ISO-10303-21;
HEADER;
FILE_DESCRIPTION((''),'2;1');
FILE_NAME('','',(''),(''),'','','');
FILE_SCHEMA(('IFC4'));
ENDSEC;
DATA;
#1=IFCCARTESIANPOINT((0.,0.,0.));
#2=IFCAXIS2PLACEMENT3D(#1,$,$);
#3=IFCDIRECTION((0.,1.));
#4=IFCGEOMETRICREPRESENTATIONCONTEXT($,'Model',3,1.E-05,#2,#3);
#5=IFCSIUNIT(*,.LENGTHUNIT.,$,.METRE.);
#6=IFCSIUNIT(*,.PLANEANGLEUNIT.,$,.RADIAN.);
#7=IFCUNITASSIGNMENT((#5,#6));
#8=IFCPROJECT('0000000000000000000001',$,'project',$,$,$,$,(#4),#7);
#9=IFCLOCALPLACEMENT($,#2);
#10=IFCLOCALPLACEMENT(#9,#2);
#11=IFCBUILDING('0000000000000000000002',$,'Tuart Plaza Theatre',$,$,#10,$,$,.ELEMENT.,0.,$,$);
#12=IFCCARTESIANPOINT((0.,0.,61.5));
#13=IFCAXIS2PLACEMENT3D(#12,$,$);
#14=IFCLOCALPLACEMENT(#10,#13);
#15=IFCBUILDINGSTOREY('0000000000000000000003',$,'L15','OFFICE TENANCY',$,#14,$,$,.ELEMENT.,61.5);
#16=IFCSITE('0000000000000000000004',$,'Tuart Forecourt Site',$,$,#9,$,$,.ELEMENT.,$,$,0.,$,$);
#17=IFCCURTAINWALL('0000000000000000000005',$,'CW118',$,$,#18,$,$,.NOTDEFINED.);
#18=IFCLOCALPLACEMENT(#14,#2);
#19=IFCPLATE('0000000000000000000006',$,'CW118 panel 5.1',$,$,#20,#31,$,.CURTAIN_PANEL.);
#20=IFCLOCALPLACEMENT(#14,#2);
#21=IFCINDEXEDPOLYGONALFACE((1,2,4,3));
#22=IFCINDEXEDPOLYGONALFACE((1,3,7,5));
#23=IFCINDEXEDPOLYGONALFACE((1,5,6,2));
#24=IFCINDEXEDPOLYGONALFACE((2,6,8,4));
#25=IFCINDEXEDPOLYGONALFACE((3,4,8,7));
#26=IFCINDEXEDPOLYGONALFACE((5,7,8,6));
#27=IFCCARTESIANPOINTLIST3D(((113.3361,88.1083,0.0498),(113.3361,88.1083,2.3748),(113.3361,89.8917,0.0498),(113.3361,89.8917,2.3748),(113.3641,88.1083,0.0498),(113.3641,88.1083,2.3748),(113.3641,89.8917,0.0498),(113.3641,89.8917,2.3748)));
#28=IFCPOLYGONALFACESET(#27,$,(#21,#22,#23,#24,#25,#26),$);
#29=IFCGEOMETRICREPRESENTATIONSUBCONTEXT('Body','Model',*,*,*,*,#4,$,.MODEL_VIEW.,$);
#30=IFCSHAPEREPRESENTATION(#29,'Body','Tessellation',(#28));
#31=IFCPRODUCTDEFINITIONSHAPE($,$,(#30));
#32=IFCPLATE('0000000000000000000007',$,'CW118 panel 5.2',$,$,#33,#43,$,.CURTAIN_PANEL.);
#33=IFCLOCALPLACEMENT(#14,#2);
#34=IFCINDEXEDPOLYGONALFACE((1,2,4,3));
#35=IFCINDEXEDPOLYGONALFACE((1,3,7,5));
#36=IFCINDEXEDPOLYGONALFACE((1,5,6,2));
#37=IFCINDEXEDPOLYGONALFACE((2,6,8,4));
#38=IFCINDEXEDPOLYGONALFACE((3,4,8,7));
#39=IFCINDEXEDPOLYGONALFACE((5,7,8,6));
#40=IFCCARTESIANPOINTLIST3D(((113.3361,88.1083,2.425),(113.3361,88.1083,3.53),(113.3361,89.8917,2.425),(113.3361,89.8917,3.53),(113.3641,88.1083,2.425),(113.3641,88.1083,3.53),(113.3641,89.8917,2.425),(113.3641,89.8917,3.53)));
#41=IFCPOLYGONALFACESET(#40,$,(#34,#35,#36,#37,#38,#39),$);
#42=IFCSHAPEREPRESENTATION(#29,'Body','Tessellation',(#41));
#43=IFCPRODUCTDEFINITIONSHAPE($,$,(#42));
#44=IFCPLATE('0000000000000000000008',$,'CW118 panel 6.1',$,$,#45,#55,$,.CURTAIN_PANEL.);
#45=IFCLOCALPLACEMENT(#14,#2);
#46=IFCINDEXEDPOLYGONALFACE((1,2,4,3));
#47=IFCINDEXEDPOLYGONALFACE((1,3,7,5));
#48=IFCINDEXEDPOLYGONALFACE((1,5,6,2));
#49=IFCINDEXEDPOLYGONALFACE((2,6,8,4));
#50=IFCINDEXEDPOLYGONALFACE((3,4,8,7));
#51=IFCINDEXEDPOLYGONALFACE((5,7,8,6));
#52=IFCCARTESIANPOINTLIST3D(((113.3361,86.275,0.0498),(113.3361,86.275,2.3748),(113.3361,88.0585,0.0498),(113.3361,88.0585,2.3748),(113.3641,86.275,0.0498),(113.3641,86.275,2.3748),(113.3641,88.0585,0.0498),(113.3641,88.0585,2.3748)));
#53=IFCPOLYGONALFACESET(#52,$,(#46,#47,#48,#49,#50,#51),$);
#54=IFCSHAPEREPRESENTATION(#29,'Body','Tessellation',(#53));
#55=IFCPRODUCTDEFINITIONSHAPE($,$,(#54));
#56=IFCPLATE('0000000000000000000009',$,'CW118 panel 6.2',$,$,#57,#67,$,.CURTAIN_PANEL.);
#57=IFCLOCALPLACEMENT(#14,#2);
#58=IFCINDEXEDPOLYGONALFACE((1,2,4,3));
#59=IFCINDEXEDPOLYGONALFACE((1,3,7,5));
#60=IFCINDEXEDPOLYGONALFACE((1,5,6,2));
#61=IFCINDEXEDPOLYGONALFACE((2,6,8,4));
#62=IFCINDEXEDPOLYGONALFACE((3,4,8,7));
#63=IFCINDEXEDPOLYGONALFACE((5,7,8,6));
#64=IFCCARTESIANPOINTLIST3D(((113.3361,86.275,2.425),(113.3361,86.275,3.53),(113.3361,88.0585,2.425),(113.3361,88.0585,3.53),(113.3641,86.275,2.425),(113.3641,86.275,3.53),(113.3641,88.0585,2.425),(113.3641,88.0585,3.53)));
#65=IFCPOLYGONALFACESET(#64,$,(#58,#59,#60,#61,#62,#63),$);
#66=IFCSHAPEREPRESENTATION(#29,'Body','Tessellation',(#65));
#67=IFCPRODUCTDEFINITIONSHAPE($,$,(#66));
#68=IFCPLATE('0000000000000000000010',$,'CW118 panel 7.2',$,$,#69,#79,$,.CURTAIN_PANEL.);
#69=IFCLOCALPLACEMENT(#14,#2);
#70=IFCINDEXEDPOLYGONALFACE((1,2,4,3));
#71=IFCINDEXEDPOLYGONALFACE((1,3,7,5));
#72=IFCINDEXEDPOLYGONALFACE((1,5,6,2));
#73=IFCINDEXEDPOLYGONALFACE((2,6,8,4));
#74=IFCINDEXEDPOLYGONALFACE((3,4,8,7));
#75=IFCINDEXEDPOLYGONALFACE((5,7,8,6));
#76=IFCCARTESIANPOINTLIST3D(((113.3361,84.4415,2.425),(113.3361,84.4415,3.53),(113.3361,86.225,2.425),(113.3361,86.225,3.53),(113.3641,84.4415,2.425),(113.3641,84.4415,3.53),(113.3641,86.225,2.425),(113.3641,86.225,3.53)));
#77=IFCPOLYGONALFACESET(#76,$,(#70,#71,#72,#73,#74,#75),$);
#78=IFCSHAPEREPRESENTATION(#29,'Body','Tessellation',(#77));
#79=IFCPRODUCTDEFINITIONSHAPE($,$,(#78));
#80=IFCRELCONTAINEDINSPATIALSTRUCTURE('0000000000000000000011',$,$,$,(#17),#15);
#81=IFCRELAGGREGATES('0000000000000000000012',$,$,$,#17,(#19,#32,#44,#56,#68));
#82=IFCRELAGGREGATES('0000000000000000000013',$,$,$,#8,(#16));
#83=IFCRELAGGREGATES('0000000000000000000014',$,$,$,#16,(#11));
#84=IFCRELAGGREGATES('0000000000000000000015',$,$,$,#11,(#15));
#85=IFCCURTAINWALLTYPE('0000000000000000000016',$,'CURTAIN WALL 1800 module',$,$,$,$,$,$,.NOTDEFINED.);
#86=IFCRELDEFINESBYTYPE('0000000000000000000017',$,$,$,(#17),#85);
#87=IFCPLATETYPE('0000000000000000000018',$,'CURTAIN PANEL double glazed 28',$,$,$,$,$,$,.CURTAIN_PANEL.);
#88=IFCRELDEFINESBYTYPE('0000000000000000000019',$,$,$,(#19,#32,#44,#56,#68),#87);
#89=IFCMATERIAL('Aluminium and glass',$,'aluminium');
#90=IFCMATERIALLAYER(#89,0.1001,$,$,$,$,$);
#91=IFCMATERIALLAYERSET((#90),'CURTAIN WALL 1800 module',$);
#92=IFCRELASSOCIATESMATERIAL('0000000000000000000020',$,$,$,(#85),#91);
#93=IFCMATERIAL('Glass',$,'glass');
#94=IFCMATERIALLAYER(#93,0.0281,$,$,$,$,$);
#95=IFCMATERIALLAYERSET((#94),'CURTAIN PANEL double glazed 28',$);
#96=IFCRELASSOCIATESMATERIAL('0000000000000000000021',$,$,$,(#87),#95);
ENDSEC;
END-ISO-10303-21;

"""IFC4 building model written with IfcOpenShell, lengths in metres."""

from ifc_helpers import new_model, si_unit, direction, frame, origin, origin_2d, place, context, subcontext, project, spatial, rectangle, extrude, material, layer, layer_set, type_object, element, aggregate, save


model = new_model("IFC4")

# Units and contexts
model_context = context("Model", 3, precision=1e-05, world=origin(), true_north=direction((0.0, 1.0)))
body_context = subcontext(model_context, "Body", "Model", "MODEL_VIEW")
ifc_project = project(units=[si_unit("LENGTHUNIT", "METRE"), si_unit("PLANEANGLEUNIT", "RADIAN")], contexts=[model_context])

# Site, building, storey
site_placement = place(None, origin())
site = spatial("IfcSite", under=ifc_project, at=site_placement, Name="Tuart Forecourt Site", CompositionType="ELEMENT", RefElevation=0.0)
building_placement = place(site_placement, origin())
building = spatial("IfcBuilding", under=site, at=building_placement, Name="Tuart Plaza Theatre", CompositionType="ELEMENT", ElevationOfRefHeight=0.0)
storey_placement = place(building_placement, frame((0.0, 0.0, 61.5)))
storey = spatial("IfcBuildingStorey", under=building, at=storey_placement, Name="L15", Description="OFFICE TENANCY", CompositionType="ELEMENT", Elevation=61.5)

# Curtain wall, plates
ifc_material_1 = material(Name="Aluminium and glass", Category="aluminium")
ifc_layer_1 = layer(ifc_material_1, 0.1001)
ifc_layer_set_1 = layer_set([ifc_layer_1], Name="CURTAIN WALL 1800 module")
curtain_wall_type = type_object("IfcCurtainWallType", Name="CURTAIN WALL 1800 module", PredefinedType="NOTDEFINED", material=ifc_layer_set_1)
curtain_wall_placement = place(storey_placement, origin())
curtain_wall = element("IfcCurtainWall", 1, at=curtain_wall_placement, inside=storey, type_object=curtain_wall_type, Name="CW118", PredefinedType="NOTDEFINED")
ifc_material_2 = material(Name="Glass", Category="glass")
ifc_layer_2 = layer(ifc_material_2, 0.0281)
ifc_layer_set_2 = layer_set([ifc_layer_2], Name="CURTAIN PANEL double glazed 28")
plate_type = type_object("IfcPlateType", Name="CURTAIN PANEL double glazed 28", PredefinedType="CURTAIN_PANEL", material=ifc_layer_set_2)
plate_1_placement = place(storey_placement, frame((113.3501, 89.0, 0.0498), z_axis=(0.0, 0.0, 1.0), x_axis=(0.0, -1.0, 0.0)))
plate_1 = element("IfcPlate", 2, at=plate_1_placement, type_object=plate_type, Name="CW118 panel 5.1", PredefinedType="CURTAIN_PANEL", context=body_context, shape_type="SweptSolid", body=[
    extrude(rectangle(XDim=1.7834, YDim=0.0281, at=origin_2d()), origin(), (0.0, 0.0, 1.0), 2.325),
])
plate_2_placement = place(storey_placement, frame((113.3501, 89.0, 2.425), z_axis=(0.0, 0.0, 1.0), x_axis=(0.0, -1.0, 0.0)))
plate_2 = element("IfcPlate", 3, at=plate_2_placement, type_object=plate_type, Name="CW118 panel 5.2", PredefinedType="CURTAIN_PANEL", context=body_context, shape_type="SweptSolid", body=[
    extrude(rectangle(XDim=1.7834, YDim=0.0281, at=origin_2d()), origin(), (0.0, 0.0, 1.0), 1.105),
])
plate_3_placement = place(storey_placement, frame((113.3501, 87.1667, 0.0498), z_axis=(0.0, 0.0, 1.0), x_axis=(0.0, -1.0, 0.0)))
plate_3 = element("IfcPlate", 4, at=plate_3_placement, type_object=plate_type, Name="CW118 panel 6.1", PredefinedType="CURTAIN_PANEL", context=body_context, shape_type="SweptSolid", body=[
    extrude(rectangle(XDim=1.7834, YDim=0.0281, at=origin_2d()), origin(), (0.0, 0.0, 1.0), 2.325),
])
plate_4_placement = place(storey_placement, frame((113.3501, 87.1667, 2.425), z_axis=(0.0, 0.0, 1.0), x_axis=(0.0, -1.0, 0.0)))
plate_4 = element("IfcPlate", 5, at=plate_4_placement, type_object=plate_type, Name="CW118 panel 6.2", PredefinedType="CURTAIN_PANEL", context=body_context, shape_type="SweptSolid", body=[
    extrude(rectangle(XDim=1.7834, YDim=0.0281, at=origin_2d()), origin(), (0.0, 0.0, 1.0), 1.105),
])
plate_5_placement = place(storey_placement, frame((113.3501, 85.3333, 2.425), z_axis=(0.0, 0.0, 1.0), x_axis=(0.0, -1.0, 0.0)))
plate_5 = element("IfcPlate", 6, at=plate_5_placement, type_object=plate_type, Name="CW118 panel 7.2", PredefinedType="CURTAIN_PANEL", context=body_context, shape_type="SweptSolid", body=[
    extrude(rectangle(XDim=1.7834, YDim=0.0281, at=origin_2d()), origin(), (0.0, 0.0, 1.0), 1.105),
])
aggregate(curtain_wall, [plate_1, plate_2, plate_3, plate_4, plate_5])

save(model, "model.ifc")
